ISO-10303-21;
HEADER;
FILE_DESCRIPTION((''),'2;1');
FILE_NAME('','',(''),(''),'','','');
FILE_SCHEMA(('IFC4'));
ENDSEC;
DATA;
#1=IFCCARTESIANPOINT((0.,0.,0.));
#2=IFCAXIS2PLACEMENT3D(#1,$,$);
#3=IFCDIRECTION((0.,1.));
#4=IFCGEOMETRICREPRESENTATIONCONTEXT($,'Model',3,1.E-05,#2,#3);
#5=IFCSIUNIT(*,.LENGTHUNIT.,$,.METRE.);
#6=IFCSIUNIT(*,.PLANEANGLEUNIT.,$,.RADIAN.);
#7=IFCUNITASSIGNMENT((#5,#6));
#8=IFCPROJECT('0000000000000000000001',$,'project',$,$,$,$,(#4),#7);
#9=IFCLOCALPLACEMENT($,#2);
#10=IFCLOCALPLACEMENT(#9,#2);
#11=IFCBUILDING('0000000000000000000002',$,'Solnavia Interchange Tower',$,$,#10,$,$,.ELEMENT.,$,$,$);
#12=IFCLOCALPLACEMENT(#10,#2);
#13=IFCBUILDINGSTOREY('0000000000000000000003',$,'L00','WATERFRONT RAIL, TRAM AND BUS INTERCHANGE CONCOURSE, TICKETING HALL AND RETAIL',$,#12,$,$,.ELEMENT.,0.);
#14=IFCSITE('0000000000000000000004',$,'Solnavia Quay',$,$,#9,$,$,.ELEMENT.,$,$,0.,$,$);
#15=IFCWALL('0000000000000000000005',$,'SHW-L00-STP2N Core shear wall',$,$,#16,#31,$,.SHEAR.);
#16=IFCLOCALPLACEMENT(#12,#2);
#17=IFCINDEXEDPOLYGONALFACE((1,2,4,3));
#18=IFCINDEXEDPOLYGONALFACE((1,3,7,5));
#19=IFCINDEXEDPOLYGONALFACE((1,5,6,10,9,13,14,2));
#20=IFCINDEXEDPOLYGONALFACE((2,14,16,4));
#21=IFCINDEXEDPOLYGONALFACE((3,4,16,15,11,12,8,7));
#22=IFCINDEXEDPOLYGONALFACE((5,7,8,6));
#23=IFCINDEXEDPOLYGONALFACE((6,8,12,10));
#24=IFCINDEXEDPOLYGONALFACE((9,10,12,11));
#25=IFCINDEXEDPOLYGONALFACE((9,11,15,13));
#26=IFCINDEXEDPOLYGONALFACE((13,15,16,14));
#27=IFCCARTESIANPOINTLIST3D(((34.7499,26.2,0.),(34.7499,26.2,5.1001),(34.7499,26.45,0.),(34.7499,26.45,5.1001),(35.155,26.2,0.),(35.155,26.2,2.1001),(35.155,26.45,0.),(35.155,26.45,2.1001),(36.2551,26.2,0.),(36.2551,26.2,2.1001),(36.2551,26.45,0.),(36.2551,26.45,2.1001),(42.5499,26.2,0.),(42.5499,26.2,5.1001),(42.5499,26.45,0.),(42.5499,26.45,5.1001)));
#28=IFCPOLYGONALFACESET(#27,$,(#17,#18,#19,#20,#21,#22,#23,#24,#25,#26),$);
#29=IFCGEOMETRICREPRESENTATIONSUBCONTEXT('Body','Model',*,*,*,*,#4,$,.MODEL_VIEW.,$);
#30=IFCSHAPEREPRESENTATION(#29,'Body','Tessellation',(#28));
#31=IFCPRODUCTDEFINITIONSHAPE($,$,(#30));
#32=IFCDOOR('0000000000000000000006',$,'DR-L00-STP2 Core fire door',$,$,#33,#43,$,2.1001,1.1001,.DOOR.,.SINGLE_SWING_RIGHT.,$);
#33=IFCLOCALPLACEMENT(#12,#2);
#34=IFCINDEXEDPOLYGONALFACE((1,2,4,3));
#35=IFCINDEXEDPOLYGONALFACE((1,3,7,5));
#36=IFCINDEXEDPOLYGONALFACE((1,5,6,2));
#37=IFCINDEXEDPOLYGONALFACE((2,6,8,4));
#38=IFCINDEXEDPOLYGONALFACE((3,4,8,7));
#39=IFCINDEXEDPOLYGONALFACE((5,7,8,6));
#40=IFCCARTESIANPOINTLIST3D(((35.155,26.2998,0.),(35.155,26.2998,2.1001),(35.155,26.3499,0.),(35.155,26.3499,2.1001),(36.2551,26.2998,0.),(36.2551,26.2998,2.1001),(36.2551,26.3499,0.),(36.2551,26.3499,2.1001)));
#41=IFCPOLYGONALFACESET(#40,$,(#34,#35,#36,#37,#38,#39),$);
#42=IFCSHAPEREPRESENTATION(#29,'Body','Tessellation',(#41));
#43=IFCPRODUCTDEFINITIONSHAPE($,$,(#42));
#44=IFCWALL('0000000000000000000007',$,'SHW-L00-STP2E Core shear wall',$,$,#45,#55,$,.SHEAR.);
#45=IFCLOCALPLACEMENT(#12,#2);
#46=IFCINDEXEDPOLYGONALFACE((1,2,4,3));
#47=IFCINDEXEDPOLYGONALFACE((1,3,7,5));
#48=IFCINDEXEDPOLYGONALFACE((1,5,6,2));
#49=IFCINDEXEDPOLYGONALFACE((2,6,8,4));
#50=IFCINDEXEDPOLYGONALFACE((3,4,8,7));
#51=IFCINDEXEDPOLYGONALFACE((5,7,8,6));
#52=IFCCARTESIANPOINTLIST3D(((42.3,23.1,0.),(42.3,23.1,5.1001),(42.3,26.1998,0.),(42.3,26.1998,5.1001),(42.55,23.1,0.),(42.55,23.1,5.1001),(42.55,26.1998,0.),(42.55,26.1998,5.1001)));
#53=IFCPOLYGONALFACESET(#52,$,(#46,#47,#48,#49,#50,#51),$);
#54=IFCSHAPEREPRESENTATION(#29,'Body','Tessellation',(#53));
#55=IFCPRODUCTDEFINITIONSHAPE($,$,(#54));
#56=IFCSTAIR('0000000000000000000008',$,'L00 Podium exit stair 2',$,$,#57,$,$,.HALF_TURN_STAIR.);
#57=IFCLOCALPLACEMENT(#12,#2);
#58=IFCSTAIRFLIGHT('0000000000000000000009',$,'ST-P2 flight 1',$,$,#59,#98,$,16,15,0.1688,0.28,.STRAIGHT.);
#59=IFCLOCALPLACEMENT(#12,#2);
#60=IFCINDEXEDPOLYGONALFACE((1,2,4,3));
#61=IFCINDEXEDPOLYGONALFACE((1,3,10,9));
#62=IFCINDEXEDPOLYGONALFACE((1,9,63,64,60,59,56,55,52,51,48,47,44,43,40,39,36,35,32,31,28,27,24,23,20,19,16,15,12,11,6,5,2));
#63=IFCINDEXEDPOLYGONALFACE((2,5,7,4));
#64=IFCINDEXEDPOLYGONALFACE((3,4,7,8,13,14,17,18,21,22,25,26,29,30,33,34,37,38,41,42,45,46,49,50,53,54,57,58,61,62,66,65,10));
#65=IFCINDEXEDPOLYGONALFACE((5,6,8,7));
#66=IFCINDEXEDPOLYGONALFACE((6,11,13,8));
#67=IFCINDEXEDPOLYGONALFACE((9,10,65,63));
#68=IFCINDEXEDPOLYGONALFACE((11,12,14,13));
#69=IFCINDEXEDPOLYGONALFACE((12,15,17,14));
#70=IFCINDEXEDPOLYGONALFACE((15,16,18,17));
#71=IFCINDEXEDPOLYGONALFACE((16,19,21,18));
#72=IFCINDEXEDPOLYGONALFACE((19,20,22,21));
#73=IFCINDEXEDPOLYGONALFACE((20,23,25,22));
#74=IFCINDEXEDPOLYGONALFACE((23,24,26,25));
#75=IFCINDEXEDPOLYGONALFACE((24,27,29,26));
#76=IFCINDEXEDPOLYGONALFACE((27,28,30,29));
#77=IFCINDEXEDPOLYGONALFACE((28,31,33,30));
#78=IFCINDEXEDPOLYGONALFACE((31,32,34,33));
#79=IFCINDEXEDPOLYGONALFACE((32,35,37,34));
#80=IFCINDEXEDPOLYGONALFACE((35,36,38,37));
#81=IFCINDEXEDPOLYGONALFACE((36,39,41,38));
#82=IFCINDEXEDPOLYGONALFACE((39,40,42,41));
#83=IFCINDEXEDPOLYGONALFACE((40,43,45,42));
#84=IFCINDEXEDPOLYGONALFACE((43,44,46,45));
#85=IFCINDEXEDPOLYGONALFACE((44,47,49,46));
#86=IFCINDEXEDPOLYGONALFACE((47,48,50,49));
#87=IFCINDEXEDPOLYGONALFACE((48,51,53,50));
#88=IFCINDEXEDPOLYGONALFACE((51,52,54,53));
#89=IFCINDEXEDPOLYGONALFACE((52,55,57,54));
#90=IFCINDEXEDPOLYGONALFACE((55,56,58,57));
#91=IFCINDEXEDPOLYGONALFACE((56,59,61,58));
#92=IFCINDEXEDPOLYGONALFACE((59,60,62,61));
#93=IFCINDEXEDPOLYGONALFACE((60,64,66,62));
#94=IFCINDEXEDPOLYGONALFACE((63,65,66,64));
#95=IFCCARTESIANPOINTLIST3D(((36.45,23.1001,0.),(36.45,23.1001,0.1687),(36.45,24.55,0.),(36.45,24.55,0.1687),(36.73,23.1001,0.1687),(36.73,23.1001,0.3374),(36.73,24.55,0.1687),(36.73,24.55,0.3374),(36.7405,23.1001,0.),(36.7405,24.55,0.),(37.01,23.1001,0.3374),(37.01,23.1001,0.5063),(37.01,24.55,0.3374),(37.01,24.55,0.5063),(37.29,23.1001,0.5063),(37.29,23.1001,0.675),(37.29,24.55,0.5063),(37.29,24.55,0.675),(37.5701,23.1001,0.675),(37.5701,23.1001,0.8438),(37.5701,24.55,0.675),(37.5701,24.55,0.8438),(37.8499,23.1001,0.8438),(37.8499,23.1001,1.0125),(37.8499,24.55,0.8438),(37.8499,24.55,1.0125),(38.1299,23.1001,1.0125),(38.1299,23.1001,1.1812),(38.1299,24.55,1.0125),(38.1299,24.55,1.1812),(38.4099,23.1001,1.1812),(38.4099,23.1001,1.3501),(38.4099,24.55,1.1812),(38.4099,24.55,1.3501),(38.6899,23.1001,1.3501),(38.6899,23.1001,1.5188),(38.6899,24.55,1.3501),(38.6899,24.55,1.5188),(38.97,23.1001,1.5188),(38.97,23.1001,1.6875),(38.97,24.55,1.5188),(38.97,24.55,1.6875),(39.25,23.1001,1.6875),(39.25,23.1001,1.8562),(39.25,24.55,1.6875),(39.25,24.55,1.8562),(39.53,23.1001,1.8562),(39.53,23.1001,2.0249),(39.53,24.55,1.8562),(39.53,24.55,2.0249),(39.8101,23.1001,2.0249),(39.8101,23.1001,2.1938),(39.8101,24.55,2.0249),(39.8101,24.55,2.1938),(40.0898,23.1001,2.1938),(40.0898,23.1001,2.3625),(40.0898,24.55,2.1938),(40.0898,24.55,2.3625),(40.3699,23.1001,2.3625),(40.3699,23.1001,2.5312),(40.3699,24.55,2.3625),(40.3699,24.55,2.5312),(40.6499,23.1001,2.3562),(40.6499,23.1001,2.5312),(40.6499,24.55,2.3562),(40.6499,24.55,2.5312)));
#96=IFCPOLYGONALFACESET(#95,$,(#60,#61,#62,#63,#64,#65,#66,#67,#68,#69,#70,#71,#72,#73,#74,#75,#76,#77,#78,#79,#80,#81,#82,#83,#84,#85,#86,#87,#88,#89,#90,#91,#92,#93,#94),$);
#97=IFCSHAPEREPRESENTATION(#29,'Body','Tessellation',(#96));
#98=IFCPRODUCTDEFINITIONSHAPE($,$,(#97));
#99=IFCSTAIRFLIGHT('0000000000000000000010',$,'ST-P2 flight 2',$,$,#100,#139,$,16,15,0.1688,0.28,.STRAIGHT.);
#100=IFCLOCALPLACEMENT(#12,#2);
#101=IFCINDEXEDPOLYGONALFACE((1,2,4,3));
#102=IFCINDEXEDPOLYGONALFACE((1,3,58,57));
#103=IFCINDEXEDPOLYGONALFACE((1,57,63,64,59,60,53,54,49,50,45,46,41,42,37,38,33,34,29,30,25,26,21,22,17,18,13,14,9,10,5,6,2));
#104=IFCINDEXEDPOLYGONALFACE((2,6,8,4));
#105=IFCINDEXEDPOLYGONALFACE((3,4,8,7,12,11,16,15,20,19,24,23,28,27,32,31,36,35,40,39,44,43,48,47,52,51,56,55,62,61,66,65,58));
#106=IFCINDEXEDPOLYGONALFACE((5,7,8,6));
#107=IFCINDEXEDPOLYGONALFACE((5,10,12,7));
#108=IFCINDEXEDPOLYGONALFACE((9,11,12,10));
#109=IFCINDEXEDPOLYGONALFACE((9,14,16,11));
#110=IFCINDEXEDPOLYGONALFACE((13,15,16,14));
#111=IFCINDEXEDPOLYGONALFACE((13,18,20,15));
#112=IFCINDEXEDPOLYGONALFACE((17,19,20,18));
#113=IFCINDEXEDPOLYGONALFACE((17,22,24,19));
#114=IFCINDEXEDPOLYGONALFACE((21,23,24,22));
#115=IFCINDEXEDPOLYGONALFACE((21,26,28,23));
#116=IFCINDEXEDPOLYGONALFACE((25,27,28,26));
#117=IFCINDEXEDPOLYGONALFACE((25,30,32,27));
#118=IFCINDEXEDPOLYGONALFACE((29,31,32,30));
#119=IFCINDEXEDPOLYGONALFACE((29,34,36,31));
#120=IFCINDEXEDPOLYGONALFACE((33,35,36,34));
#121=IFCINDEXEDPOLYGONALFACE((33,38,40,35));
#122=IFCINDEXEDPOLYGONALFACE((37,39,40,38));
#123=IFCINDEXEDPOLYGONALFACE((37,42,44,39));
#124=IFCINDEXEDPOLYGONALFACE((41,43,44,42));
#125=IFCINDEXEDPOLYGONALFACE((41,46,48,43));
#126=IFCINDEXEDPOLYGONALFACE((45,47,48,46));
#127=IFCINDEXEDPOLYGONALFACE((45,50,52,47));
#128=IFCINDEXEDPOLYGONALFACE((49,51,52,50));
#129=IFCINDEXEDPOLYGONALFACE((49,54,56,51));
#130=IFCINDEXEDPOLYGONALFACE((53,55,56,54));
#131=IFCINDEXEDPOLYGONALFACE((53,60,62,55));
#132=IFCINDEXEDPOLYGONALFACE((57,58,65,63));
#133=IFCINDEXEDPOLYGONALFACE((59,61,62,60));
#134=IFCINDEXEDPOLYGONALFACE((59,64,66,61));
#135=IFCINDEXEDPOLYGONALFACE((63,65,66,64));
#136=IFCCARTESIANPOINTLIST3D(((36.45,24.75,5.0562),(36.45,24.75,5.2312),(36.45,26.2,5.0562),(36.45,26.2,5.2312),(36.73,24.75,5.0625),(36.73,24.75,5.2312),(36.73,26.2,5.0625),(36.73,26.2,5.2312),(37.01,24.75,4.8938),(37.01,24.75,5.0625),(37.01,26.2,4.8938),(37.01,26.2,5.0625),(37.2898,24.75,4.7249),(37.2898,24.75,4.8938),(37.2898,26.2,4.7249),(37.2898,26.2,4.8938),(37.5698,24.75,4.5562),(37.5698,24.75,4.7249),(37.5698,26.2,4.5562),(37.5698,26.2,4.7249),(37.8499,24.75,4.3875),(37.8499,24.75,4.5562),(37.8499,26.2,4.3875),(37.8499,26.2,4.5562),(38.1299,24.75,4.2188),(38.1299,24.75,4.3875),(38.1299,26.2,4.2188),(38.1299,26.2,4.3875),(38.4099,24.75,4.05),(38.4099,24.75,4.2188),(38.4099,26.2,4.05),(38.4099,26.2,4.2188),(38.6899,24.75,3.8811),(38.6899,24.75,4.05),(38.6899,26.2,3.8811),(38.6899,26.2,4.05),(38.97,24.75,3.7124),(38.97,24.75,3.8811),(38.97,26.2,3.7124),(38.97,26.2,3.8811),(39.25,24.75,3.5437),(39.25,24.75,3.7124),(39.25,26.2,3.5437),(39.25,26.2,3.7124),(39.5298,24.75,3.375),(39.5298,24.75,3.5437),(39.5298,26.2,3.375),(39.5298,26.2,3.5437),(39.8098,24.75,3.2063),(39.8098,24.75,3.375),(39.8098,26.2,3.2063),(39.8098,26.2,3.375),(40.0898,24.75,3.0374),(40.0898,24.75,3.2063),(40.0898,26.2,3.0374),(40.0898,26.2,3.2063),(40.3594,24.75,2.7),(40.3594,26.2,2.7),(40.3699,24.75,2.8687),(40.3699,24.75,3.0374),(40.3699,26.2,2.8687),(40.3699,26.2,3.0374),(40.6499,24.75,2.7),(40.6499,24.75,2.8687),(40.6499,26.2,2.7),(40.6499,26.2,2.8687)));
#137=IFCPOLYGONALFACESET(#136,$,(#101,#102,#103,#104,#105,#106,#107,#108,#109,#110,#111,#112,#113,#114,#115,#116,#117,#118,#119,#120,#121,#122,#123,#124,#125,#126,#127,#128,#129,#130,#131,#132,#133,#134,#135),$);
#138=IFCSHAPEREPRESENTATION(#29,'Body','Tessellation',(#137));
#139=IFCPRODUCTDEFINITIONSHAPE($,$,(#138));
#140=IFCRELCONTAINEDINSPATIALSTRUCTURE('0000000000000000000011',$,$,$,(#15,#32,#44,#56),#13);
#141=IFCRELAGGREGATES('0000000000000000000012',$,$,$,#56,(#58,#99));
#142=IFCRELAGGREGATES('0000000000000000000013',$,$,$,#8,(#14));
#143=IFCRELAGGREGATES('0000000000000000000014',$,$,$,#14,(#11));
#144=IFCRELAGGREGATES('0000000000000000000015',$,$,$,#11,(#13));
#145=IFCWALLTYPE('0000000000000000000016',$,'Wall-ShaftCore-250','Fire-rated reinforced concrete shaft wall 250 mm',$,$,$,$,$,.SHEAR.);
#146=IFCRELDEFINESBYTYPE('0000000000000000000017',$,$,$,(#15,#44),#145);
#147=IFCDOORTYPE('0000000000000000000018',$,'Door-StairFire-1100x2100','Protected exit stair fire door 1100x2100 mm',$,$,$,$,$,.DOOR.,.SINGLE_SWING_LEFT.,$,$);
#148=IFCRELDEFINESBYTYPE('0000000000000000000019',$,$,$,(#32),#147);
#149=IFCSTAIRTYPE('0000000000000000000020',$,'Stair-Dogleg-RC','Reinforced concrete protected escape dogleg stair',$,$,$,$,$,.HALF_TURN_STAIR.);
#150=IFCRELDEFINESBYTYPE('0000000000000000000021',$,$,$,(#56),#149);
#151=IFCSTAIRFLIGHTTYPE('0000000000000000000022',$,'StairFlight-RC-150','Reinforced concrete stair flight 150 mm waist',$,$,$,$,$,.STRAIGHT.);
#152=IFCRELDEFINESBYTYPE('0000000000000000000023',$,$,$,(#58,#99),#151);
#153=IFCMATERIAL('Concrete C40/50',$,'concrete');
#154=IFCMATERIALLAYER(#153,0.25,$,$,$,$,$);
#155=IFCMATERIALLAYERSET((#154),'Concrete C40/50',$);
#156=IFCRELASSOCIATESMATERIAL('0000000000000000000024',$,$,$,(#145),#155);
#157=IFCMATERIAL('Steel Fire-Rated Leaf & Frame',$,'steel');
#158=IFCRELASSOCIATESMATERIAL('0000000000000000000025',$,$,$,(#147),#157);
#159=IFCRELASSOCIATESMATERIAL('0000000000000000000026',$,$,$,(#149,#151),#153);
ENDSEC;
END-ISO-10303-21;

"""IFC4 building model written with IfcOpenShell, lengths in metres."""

from ifc_helpers import new_model, si_unit, direction, frame, frame_2d, origin, place, context, subcontext, project, spatial, polyline, rectangle, outline, extrude, material, layer, layer_set, type_object, element, fill, aggregate, save


model = new_model("IFC4")

# Units and contexts
model_context = context("Model", 3, precision=1e-05, world=origin(), true_north=direction((0.0, 1.0)))
body_context = subcontext(model_context, "Body", "Model", "MODEL_VIEW")
ifc_project = project(units=[si_unit("LENGTHUNIT", "METRE"), si_unit("PLANEANGLEUNIT", "RADIAN")], contexts=[model_context])

# Site, building, storey
site_placement = place(None, origin())
site = spatial("IfcSite", under=ifc_project, at=site_placement, Name="Solnavia Quay", CompositionType="ELEMENT", RefElevation=0.0)
building_placement = place(site_placement, origin())
building = spatial("IfcBuilding", under=site, at=building_placement, Name="Solnavia Interchange Tower", CompositionType="ELEMENT")
storey_placement = place(building_placement, origin())
storey = spatial("IfcBuildingStorey", under=building, at=storey_placement, Name="L00", Description="WATERFRONT RAIL, TRAM AND BUS INTERCHANGE CONCOURSE, TICKETING HALL AND RETAIL", CompositionType="ELEMENT", Elevation=0.0)

# Shared definitions
ifc_material_1 = material(Name="Concrete C40/50", Category="concrete")

# Wall, opening, door
ifc_layer_1 = layer(ifc_material_1, 0.25)
ifc_layer_set_1 = layer_set([ifc_layer_1], Name="Concrete C40/50")
wall_type_1 = type_object("IfcWallType", Name="Wall-ShaftCore-250", Description="Fire-rated reinforced concrete shaft wall 250 mm", PredefinedType="SHEAR", material=ifc_layer_set_1)
wall_1_placement = place(storey_placement, frame((34.75, 26.325, 0.0), z_axis=(0.0, 0.0, 1.0), x_axis=(1.0, 0.0, 0.0)))
wall_1 = element("IfcWall", 1, at=wall_1_placement, inside=storey, type_object=wall_type_1, Name="SHW-L00-STP2N Core shear wall", PredefinedType="SHEAR", context=body_context, shape_type="SweptSolid", body=[
    extrude(rectangle(XDim=7.8, YDim=0.25, at=frame_2d((3.8999, 0.0))), origin(), (0.0, 0.0, 1.0), 5.1001),
])
opening_1_placement = place(wall_1_placement, frame((0.405, 0.0, 0.0)))
opening_1 = element("IfcOpeningElement", 2, at=opening_1_placement, cuts=wall_1, PredefinedType="OPENING", context=body_context, shape_type="SweptSolid", body=[
    extrude(rectangle(XDim=1.1001, YDim=2.1001, at=frame_2d((0.55, 1.05))), frame((0.0, 0.135, 0.0), z_axis=(0.0, -1.0, 0.0), x_axis=(1.0, 0.0, 0.0)), (0.0, 0.0, 1.0), 0.27),
])
ifc_material_2 = material(Name="Steel Fire-Rated Leaf & Frame", Category="steel")
door_type_1 = type_object("IfcDoorType", Name="Door-StairFire-1100x2100", Description="Protected exit stair fire door 1100x2100 mm", OperationType="SINGLE_SWING_LEFT", PredefinedType="DOOR", material=ifc_material_2)
door_1_placement = place(opening_1_placement, origin())
door_1 = element("IfcDoor", 3, at=door_1_placement, inside=storey, type_object=door_type_1, Name="DR-L00-STP2 Core fire door", OperationType="SINGLE_SWING_RIGHT", OverallHeight=2.1001, OverallWidth=1.1001, PredefinedType="DOOR", context=body_context, shape_type="SweptSolid", body=[
    extrude(rectangle(XDim=1.1001, YDim=2.1001, at=frame_2d((0.55, 1.05))), frame((0.0, 0.0249, 0.0), z_axis=(0.0, -1.0, 0.0), x_axis=(1.0, 0.0, 0.0)), (0.0, 0.0, 1.0), 0.05),
])
fill(opening_1, door_1)

# Wall
wall_2_placement = place(storey_placement, frame((42.425, 23.1001, 0.0), z_axis=(0.0, 0.0, 1.0), x_axis=(0.0, 1.0, 0.0)))
element("IfcWall", 4, at=wall_2_placement, inside=storey, type_object=wall_type_1, Name="SHW-L00-STP2E Core shear wall", PredefinedType="SHEAR", context=body_context, shape_type="SweptSolid", body=[
    extrude(rectangle(XDim=3.0999, YDim=0.25, at=frame_2d((1.5498, 0.0))), origin(), (0.0, 0.0, 1.0), 5.1001),
])

# Stair, stair flights
stair_type = type_object("IfcStairType", Name="Stair-Dogleg-RC", Description="Reinforced concrete protected escape dogleg stair", PredefinedType="HALF_TURN_STAIR", material=ifc_material_1)
stair_placement = place(storey_placement, origin())
stair = element("IfcStair", 5, at=stair_placement, inside=storey, type_object=stair_type, Name="L00 Podium exit stair 2", PredefinedType="HALF_TURN_STAIR")
stair_flight_type = type_object("IfcStairFlightType", Name="StairFlight-RC-150", Description="Reinforced concrete stair flight 150 mm waist", PredefinedType="STRAIGHT", material=ifc_material_1)
stair_flight_1_placement = place(storey_placement, frame((36.45, 23.825, 0.0), z_axis=(0.0, 0.0, 1.0), x_axis=(1.0, 0.0, 0.0)))
stair_flight_1 = element("IfcStairFlight", 6, at=stair_flight_1_placement, type_object=stair_flight_type, Name="ST-P2 flight 1", NumberOfRisers=16, NumberOfTreads=15, PredefinedType="STRAIGHT", RiserHeight=0.1688, TreadLength=0.28, context=body_context, shape_type="SweptSolid", body=[
    extrude(outline(polyline([(0.0, 0.0), (0.0, 0.1687), (0.28, 0.1687), (0.28, 0.3374), (0.5601, 0.3374), (0.5601, 0.5063), (0.8401, 0.5063), (0.8401, 0.675), (1.1201, 0.675), (1.1201, 0.8438), (1.3999, 0.8438), (1.3999, 1.0125), (1.6799, 1.0125), (1.6799, 1.1812), (1.96, 1.1812), (1.96, 1.3501), (2.24, 1.3501), (2.24, 1.5188), (2.52, 1.5188), (2.52, 1.6875), (2.8, 1.6875), (2.8, 1.8562), (3.0801, 1.8562), (3.0801, 2.0249), (3.3601, 2.0249), (3.3601, 2.1938), (3.6399, 2.1938), (3.6399, 2.3625), (3.9199, 2.3625), (3.9199, 2.5312), (4.2, 2.5312), (4.2, 2.7), (4.2, 2.3562), (0.2905, 0.0), (0.0, 0.0)])), frame((0.0, 0.7251, 0.0), z_axis=(0.0, -1.0, 0.0), x_axis=(1.0, 0.0, 0.0)), (0.0, 0.0, 1.0), 1.45),
])
stair_flight_2_placement = place(storey_placement, frame((40.6499, 25.4751, 2.7), z_axis=(0.0, 0.0, 1.0), x_axis=(-1.0, 0.0, 0.0)))
stair_flight_2 = element("IfcStairFlight", 7, at=stair_flight_2_placement, type_object=stair_flight_type, Name="ST-P2 flight 2", NumberOfRisers=16, NumberOfTreads=15, PredefinedType="STRAIGHT", RiserHeight=0.1688, TreadLength=0.28, context=body_context, shape_type="SweptSolid", body=[
    extrude(outline(polyline([(0.0, 0.0), (0.0, 0.1687), (0.28, 0.1687), (0.28, 0.3374), (0.5601, 0.3374), (0.5601, 0.5063), (0.8401, 0.5063), (0.8401, 0.675), (1.1201, 0.675), (1.1201, 0.8438), (1.3999, 0.8438), (1.3999, 1.0125), (1.6799, 1.0125), (1.6799, 1.1812), (1.96, 1.1812), (1.96, 1.3501), (2.24, 1.3501), (2.24, 1.5188), (2.52, 1.5188), (2.52, 1.6875), (2.8, 1.6875), (2.8, 1.8562), (3.0801, 1.8562), (3.0801, 2.0249), (3.3601, 2.0249), (3.3601, 2.1938), (3.6399, 2.1938), (3.6399, 2.3625), (3.9199, 2.3625), (3.9199, 2.5312), (4.2, 2.5312), (4.2, 2.7), (4.2, 2.3562), (0.2905, 0.0), (0.0, 0.0)])), frame((0.0, 0.7251, 0.0), z_axis=(0.0, -1.0, 0.0), x_axis=(1.0, 0.0, 0.0)), (0.0, 0.0, 1.0), 1.45),
])
aggregate(stair, [stair_flight_1, stair_flight_2])

save(model, "model.ifc")
